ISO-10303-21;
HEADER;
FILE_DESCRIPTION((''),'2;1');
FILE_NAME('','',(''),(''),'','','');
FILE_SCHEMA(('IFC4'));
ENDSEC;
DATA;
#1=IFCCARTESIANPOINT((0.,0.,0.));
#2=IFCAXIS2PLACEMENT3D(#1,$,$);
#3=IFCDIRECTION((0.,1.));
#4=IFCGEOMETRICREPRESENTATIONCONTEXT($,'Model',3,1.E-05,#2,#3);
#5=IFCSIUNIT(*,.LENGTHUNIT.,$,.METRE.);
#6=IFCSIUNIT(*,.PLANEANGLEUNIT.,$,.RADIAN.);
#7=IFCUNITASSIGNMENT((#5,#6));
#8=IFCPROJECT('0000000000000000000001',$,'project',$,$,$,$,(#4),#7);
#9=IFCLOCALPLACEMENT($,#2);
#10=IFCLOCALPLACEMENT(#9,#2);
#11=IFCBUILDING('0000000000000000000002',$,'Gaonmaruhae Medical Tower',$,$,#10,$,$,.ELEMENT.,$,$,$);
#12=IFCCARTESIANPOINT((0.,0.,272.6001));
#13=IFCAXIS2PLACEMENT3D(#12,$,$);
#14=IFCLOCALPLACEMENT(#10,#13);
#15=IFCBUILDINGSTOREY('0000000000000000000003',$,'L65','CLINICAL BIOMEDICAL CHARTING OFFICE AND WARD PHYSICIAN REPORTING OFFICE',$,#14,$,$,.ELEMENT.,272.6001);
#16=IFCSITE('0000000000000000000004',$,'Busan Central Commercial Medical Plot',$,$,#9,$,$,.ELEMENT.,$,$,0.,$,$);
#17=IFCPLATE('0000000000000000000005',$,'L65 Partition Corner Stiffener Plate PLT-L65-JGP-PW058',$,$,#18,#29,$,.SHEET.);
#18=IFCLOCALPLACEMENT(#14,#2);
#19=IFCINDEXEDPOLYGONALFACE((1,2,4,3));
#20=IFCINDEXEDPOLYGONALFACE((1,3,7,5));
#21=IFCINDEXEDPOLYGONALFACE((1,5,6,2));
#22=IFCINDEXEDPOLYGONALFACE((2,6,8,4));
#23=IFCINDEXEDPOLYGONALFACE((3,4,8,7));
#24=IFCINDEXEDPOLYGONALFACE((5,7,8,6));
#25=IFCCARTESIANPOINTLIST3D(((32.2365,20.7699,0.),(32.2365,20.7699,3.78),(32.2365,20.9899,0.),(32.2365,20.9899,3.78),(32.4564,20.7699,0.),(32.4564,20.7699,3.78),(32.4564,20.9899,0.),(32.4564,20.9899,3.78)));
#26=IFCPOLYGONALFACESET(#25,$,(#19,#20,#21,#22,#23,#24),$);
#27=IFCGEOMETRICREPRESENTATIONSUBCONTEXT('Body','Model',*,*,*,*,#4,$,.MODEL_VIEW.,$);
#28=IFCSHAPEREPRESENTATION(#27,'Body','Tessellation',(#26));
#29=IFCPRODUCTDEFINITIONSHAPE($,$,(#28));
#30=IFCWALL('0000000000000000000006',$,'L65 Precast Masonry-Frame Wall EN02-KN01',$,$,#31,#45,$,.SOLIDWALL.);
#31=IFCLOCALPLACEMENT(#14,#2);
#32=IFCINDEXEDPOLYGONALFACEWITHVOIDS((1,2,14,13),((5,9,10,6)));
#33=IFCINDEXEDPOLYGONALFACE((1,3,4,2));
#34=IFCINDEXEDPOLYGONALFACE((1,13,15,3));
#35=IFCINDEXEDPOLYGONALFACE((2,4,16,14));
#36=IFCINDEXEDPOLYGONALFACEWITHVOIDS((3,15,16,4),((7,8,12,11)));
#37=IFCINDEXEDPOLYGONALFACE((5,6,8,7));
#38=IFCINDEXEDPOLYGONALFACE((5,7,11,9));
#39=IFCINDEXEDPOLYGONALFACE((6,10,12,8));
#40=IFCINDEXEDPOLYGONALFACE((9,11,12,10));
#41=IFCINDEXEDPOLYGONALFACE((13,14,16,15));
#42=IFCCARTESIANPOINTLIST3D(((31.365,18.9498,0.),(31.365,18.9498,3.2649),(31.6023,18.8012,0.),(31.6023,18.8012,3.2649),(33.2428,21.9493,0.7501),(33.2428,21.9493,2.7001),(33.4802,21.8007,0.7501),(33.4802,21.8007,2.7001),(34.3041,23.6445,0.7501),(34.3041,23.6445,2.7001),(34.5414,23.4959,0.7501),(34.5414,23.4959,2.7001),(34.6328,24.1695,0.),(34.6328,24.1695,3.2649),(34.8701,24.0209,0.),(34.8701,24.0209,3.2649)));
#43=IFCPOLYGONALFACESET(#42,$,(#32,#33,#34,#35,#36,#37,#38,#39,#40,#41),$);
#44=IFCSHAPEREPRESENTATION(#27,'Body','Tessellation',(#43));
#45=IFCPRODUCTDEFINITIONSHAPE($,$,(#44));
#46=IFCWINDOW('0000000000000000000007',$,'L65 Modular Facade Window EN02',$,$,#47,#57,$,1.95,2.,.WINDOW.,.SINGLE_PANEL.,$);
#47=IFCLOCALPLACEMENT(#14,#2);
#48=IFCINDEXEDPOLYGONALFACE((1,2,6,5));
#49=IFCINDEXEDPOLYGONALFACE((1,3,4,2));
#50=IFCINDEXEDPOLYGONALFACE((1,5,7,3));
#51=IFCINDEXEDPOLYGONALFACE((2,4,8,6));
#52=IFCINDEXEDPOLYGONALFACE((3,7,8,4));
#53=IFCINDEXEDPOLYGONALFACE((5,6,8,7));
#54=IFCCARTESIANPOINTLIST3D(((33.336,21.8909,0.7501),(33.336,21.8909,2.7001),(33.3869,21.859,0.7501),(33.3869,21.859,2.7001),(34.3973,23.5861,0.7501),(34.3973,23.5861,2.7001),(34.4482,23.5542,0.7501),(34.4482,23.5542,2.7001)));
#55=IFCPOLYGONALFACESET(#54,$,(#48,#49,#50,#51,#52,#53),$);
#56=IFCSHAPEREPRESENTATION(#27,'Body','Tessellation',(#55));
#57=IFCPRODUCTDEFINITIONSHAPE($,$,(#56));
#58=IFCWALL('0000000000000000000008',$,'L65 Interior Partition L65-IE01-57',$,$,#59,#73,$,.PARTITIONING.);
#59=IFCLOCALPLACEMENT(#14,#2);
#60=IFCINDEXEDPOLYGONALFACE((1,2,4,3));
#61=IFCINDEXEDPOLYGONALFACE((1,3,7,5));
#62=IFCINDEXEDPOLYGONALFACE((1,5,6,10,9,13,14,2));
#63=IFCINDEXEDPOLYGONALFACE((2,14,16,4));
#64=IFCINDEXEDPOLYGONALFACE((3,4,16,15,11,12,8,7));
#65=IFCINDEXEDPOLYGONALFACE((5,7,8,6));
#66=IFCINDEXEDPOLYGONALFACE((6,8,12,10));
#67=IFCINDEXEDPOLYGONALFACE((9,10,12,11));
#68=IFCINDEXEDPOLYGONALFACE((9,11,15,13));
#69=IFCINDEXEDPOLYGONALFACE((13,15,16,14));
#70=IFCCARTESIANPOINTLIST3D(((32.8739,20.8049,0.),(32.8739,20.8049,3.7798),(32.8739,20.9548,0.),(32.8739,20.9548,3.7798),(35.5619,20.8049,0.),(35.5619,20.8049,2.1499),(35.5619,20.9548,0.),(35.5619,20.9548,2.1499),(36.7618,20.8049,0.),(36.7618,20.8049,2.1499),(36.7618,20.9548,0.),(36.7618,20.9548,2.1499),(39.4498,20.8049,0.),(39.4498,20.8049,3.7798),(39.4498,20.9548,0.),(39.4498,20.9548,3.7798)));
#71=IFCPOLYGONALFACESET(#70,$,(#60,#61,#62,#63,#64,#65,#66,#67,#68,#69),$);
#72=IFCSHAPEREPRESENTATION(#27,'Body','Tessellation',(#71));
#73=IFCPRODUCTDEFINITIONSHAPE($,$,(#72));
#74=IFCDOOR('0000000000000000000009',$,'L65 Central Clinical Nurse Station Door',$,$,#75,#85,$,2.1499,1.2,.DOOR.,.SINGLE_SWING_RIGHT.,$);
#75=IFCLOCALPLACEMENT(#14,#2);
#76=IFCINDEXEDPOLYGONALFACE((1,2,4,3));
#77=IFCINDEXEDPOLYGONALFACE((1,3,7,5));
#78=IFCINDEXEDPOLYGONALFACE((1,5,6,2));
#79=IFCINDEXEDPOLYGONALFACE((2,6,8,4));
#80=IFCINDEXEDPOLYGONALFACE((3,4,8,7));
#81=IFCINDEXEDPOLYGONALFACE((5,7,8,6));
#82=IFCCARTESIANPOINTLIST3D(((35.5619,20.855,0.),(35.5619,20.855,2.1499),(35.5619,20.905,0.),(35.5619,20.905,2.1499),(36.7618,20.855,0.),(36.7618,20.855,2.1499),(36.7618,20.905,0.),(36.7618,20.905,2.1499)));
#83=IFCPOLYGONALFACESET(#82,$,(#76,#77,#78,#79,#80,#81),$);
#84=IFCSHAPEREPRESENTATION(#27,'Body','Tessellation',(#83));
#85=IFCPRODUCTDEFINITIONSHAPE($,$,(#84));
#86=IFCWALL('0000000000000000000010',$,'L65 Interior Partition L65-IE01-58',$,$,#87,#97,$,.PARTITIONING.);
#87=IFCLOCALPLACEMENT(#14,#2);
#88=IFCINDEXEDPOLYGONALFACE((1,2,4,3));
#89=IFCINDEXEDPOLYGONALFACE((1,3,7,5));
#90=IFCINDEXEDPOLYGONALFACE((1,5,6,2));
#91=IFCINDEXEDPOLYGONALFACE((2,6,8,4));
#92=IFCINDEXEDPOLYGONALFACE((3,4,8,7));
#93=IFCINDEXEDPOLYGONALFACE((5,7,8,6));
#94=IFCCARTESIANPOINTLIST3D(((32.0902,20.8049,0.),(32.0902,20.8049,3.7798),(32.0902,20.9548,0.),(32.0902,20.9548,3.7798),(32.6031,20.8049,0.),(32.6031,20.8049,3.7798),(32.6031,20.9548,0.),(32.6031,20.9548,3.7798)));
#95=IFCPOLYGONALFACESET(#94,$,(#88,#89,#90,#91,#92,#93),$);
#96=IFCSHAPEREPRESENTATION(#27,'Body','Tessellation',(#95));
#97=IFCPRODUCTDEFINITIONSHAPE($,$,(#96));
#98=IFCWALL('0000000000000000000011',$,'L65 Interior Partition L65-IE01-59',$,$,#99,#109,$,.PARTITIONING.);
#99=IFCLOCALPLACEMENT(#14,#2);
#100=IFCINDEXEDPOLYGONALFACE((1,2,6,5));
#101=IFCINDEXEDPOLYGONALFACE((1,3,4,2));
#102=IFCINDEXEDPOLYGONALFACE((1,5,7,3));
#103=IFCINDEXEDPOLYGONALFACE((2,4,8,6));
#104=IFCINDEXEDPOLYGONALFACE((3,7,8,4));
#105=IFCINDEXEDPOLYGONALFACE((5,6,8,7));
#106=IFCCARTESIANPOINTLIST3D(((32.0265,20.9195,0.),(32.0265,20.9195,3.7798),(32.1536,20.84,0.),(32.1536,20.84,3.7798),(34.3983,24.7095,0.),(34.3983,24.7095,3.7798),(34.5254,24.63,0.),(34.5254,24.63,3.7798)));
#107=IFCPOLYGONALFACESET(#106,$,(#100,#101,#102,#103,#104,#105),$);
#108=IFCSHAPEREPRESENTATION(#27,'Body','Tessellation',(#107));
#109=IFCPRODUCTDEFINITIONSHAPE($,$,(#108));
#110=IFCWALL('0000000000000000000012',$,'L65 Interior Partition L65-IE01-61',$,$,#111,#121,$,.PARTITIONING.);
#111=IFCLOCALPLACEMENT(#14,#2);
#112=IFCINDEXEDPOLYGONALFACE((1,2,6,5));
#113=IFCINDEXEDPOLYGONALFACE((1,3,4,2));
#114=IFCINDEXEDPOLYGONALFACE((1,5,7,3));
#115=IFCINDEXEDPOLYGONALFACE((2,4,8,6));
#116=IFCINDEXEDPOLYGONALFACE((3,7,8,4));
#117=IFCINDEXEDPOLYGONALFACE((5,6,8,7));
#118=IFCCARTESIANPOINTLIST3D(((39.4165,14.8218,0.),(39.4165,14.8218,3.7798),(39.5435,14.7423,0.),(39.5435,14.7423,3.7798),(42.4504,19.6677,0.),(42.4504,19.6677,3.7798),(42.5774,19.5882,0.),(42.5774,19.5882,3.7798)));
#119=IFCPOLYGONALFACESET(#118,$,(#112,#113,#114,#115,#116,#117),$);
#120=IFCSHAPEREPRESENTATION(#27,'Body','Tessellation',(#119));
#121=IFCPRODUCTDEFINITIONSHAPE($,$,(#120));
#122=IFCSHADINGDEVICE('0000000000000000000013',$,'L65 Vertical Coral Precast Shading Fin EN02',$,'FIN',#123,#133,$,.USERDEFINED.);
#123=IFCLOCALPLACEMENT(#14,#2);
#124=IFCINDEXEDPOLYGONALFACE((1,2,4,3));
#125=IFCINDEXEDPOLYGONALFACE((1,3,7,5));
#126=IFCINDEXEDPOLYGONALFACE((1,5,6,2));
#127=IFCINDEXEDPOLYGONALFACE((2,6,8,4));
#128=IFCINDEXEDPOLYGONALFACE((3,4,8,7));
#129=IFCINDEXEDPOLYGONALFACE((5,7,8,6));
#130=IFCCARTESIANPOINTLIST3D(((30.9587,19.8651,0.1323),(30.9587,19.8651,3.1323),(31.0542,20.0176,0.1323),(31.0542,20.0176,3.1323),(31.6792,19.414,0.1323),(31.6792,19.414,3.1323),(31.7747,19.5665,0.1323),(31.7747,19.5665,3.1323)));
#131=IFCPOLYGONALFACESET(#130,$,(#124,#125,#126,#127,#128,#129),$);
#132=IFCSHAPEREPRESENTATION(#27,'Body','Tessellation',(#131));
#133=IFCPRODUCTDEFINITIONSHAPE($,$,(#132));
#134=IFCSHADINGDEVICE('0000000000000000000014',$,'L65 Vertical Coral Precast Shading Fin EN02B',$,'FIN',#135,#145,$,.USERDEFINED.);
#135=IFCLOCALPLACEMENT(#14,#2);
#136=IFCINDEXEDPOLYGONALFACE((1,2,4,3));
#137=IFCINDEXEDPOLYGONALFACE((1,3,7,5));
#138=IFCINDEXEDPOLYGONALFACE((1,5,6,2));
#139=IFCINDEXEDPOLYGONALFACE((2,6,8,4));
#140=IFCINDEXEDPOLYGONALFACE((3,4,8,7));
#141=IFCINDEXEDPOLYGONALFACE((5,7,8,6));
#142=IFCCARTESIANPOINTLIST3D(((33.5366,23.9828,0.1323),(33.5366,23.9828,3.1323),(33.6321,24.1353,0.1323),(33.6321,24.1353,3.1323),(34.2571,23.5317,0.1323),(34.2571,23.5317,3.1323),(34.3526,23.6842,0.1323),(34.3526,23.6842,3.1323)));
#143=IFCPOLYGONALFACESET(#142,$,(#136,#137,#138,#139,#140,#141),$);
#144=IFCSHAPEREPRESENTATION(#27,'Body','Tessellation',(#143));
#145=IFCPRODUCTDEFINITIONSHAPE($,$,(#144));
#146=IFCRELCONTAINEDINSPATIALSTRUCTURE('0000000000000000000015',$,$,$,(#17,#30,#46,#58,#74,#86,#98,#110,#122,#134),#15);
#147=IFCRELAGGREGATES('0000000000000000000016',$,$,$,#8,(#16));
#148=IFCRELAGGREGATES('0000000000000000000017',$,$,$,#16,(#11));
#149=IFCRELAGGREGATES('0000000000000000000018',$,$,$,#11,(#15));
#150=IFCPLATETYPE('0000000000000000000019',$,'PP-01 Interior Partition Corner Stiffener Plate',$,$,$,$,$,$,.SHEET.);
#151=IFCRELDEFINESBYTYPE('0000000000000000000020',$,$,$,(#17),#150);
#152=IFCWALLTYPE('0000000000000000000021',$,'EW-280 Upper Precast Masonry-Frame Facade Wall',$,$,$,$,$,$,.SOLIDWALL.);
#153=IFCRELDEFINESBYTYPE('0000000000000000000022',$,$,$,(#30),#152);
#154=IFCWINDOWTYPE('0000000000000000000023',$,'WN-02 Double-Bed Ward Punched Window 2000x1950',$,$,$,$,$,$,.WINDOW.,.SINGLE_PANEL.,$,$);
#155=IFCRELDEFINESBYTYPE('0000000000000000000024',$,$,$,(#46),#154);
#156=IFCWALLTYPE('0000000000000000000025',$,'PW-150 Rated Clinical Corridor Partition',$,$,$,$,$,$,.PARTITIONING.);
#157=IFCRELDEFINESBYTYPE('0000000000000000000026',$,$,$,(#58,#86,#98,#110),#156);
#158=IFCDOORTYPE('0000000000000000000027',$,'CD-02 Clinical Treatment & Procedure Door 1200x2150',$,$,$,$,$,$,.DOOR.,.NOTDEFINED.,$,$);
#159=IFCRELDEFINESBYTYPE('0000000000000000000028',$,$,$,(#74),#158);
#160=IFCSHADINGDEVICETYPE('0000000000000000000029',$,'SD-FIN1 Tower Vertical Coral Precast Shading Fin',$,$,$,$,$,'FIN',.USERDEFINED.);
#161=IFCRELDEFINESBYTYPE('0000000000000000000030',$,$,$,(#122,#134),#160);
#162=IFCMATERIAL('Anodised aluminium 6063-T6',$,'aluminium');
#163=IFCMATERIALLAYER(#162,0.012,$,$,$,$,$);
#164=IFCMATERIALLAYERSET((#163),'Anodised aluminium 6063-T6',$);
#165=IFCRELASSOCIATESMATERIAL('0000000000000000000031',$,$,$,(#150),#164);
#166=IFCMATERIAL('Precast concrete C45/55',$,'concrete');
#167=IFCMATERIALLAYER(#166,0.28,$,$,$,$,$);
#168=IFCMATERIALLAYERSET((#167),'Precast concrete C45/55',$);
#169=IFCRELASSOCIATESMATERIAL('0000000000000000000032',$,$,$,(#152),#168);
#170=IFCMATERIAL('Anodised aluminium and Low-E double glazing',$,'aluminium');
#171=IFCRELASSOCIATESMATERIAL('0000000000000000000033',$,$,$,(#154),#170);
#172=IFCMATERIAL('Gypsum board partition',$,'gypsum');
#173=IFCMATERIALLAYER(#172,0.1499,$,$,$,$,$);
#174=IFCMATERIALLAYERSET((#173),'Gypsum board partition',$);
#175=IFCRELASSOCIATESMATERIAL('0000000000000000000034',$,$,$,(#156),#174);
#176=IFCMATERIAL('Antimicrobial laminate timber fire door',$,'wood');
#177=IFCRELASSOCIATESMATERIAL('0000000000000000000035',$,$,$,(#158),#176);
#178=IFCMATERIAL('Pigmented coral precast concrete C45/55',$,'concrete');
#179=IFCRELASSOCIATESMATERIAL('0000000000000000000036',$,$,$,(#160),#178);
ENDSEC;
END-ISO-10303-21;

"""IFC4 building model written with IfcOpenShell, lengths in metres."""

from ifc_helpers import new_model, si_unit, direction, frame, frame_2d, origin, origin_2d, place, context, subcontext, project, spatial, rectangle, extrude, material, layer, layer_set, type_object, element, fill, save


model = new_model("IFC4")

# Units and contexts
model_context = context("Model", 3, precision=1e-05, world=origin(), true_north=direction((0.0, 1.0)))
body_context = subcontext(model_context, "Body", "Model", "MODEL_VIEW")
ifc_project = project(units=[si_unit("LENGTHUNIT", "METRE"), si_unit("PLANEANGLEUNIT", "RADIAN")], contexts=[model_context])

# Site, building, storey
site_placement = place(None, origin())
site = spatial("IfcSite", under=ifc_project, at=site_placement, Name="Busan Central Commercial Medical Plot", CompositionType="ELEMENT", RefElevation=0.0)
building_placement = place(site_placement, origin())
building = spatial("IfcBuilding", under=site, at=building_placement, Name="Gaonmaruhae Medical Tower", CompositionType="ELEMENT")
storey_placement = place(building_placement, frame((0.0, 0.0, 272.6001)))
storey = spatial("IfcBuildingStorey", under=building, at=storey_placement, Name="L65", Description="CLINICAL BIOMEDICAL CHARTING OFFICE AND WARD PHYSICIAN REPORTING OFFICE", CompositionType="ELEMENT", Elevation=272.6001)

# Plate
ifc_material_1 = material(Name="Anodised aluminium 6063-T6", Category="aluminium")
ifc_layer_1 = layer(ifc_material_1, 0.012)
ifc_layer_set_1 = layer_set([ifc_layer_1], Name="Anodised aluminium 6063-T6")
plate_type = type_object("IfcPlateType", Name="PP-01 Interior Partition Corner Stiffener Plate", PredefinedType="SHEET", material=ifc_layer_set_1)
plate_placement = place(storey_placement, frame((32.3464, 20.8799, 0.0), z_axis=(0.0, 0.0, 1.0), x_axis=(-1.0, 0.0, 0.0)))
element("IfcPlate", 1, at=plate_placement, inside=storey, type_object=plate_type, Name="L65 Partition Corner Stiffener Plate PLT-L65-JGP-PW058", PredefinedType="SHEET", context=body_context, shape_type="SweptSolid", body=[
    extrude(rectangle(XDim=0.22, YDim=0.22, at=origin_2d()), origin(), (0.0, 0.0, 1.0), 3.78),
])

# Wall, opening, window
ifc_material_2 = material(Name="Precast concrete C45/55", Category="concrete")
ifc_layer_2 = layer(ifc_material_2, 0.28)
ifc_layer_set_2 = layer_set([ifc_layer_2], Name="Precast concrete C45/55")
wall_type_1 = type_object("IfcWallType", Name="EW-280 Upper Precast Masonry-Frame Facade Wall", PredefinedType="SOLIDWALL", material=ifc_layer_set_2)
wall_1_placement = place(storey_placement, frame((31.4836, 18.8755, 0.0), z_axis=(0.0, 0.0, 1.0), x_axis=(0.53064, 0.847597, 0.0)))
wall_1 = element("IfcWall", 2, at=wall_1_placement, inside=storey, type_object=wall_type_1, Name="L65 Precast Masonry-Frame Wall EN02-KN01", PredefinedType="SOLIDWALL", context=body_context, shape_type="SweptSolid", body=[
    extrude(rectangle(XDim=6.1582, YDim=0.28, at=frame_2d((3.0791, 0.0))), origin(), (0.0, 0.0, 1.0), 3.2649),
])
opening_1_placement = place(wall_1_placement, frame((3.5388, 0.0, 0.75)))
opening_1 = element("IfcOpeningElement", 3, at=opening_1_placement, cuts=wall_1, PredefinedType="OPENING", context=body_context, shape_type="SweptSolid", body=[
    extrude(rectangle(XDim=2.0, YDim=1.95, at=frame_2d((1.0, 0.9751))), frame((0.0, 0.1499, 0.0), z_axis=(0.0, -1.0, 0.0), x_axis=(1.0, 0.0, 0.0)), (0.0, 0.0, 1.0), 0.3),
])
ifc_material_3 = material(Name="Anodised aluminium and Low-E double glazing", Category="aluminium")
window_type = type_object("IfcWindowType", Name="WN-02 Double-Bed Ward Punched Window 2000x1950", PartitioningType="SINGLE_PANEL", PredefinedType="WINDOW", material=ifc_material_3)
window_placement = place(opening_1_placement, origin())
window = element("IfcWindow", 4, at=window_placement, inside=storey, type_object=window_type, Name="L65 Modular Facade Window EN02", OverallHeight=1.95, OverallWidth=2.0, PartitioningType="SINGLE_PANEL", PredefinedType="WINDOW", context=body_context, shape_type="SweptSolid", body=[
    extrude(rectangle(XDim=2.0, YDim=1.95, at=frame_2d((1.0, 0.9751))), frame((0.0, 0.03, 0.0), z_axis=(0.0, -1.0, 0.0), x_axis=(1.0, 0.0, 0.0)), (0.0, 0.0, 1.0), 0.0601),
])
fill(opening_1, window)

# Wall, opening, door
ifc_material_4 = material(Name="Gypsum board partition", Category="gypsum")
ifc_layer_3 = layer(ifc_material_4, 0.1499)
ifc_layer_set_3 = layer_set([ifc_layer_3], Name="Gypsum board partition")
wall_type_2 = type_object("IfcWallType", Name="PW-150 Rated Clinical Corridor Partition", PredefinedType="PARTITIONING", material=ifc_layer_set_3)
wall_2_placement = place(storey_placement, frame((39.45, 20.8799, 0.0), z_axis=(0.0, 0.0, 1.0), x_axis=(-1.0, 0.0, 0.0)))
wall_2 = element("IfcWall", 5, at=wall_2_placement, inside=storey, type_object=wall_type_2, Name="L65 Interior Partition L65-IE01-57", PredefinedType="PARTITIONING", context=body_context, shape_type="SweptSolid", body=[
    extrude(rectangle(XDim=6.5759, YDim=0.1499, at=frame_2d((3.2881, 0.0))), origin(), (0.0, 0.0, 1.0), 3.7798),
])
opening_2_placement = place(wall_2_placement, frame((2.688, 0.0, 0.0)))
opening_2 = element("IfcOpeningElement", 6, at=opening_2_placement, cuts=wall_2, PredefinedType="OPENING", context=body_context, shape_type="SweptSolid", body=[
    extrude(rectangle(XDim=1.2, YDim=2.1499, at=frame_2d((0.6001, 1.075))), frame((0.0, 0.085, 0.0), z_axis=(0.0, -1.0, 0.0), x_axis=(1.0, 0.0, 0.0)), (0.0, 0.0, 1.0), 0.1699),
])
ifc_material_5 = material(Name="Antimicrobial laminate timber fire door", Category="wood")
door_type = type_object("IfcDoorType", Name="CD-02 Clinical Treatment & Procedure Door 1200x2150", OperationType="NOTDEFINED", PredefinedType="DOOR", material=ifc_material_5)
door_placement = place(opening_2_placement, origin())
door = element("IfcDoor", 7, at=door_placement, inside=storey, type_object=door_type, Name="L65 Central Clinical Nurse Station Door", OperationType="SINGLE_SWING_RIGHT", OverallHeight=2.1499, OverallWidth=1.2, PredefinedType="DOOR", context=body_context, shape_type="SweptSolid", body=[
    extrude(rectangle(XDim=1.2, YDim=2.1499, at=frame_2d((0.6001, 1.075))), frame((0.0, 0.0249, 0.0), z_axis=(0.0, -1.0, 0.0), x_axis=(1.0, 0.0, 0.0)), (0.0, 0.0, 1.0), 0.05),
])
fill(opening_2, door)

# Walls
wall_3_placement = place(storey_placement, frame((32.603, 20.8799, 0.0), z_axis=(0.0, 0.0, 1.0), x_axis=(-1.0, 0.0, 0.0)))
element("IfcWall", 8, at=wall_3_placement, inside=storey, type_object=wall_type_2, Name="L65 Interior Partition L65-IE01-58", PredefinedType="PARTITIONING", context=body_context, shape_type="SweptSolid", body=[
    extrude(rectangle(XDim=0.5129, YDim=0.1499, at=frame_2d((0.2563, 0.0))), origin(), (0.0, 0.0, 1.0), 3.7798),
])
wall_4_placement = place(storey_placement, frame((32.0901, 20.8799, 0.0), z_axis=(0.0, 0.0, 1.0), x_axis=(0.53049, 0.847691, 0.0)))
element("IfcWall", 9, at=wall_4_placement, inside=storey, type_object=wall_type_2, Name="L65 Interior Partition L65-IE01-59", PredefinedType="PARTITIONING", context=body_context, shape_type="SweptSolid", body=[
    extrude(rectangle(XDim=4.4709, YDim=0.1499, at=frame_2d((2.2354, 0.0))), origin(), (0.0, 0.0, 1.0), 3.7798),
])
wall_5_placement = place(storey_placement, frame((42.5139, 19.6279, 0.0), z_axis=(0.0, 0.0, 1.0), x_axis=(-0.530655, -0.847588, 0.0)))
element("IfcWall", 10, at=wall_5_placement, inside=storey, type_object=wall_type_2, Name="L65 Interior Partition L65-IE01-61", PredefinedType="PARTITIONING", context=body_context, shape_type="SweptSolid", body=[
    extrude(rectangle(XDim=5.7173, YDim=0.1499, at=frame_2d((2.8586, 0.0))), origin(), (0.0, 0.0, 1.0), 3.7798),
])

# Shading devices
ifc_material_6 = material(Name="Pigmented coral precast concrete C45/55", Category="concrete")
shading_device_type = type_object("IfcShadingDeviceType", Name="SD-FIN1 Tower Vertical Coral Precast Shading Fin", ElementType="FIN", PredefinedType="USERDEFINED", material=ifc_material_6)
for number, where, z_axis, x_axis, name in (
    (11, (31.3667, 19.7158, 0.1323), (0.0, 0.0, 1.0), (0.530659, 0.847585, 0.0), "L65 Vertical Coral Precast Shading Fin EN02"),
    (12, (33.9446, 23.8335, 0.1323), (0.0, 0.0, 1.0), (0.530659, 0.847585, 0.0), "L65 Vertical Coral Precast Shading Fin EN02B"),
):
    element("IfcShadingDevice", number, at=place(storey_placement, frame(where, z_axis=z_axis, x_axis=x_axis)), inside=storey, type_object=shading_device_type, Name=name, ObjectType="FIN", PredefinedType="USERDEFINED", context=body_context, shape_type="SweptSolid", body=[
        extrude(rectangle(XDim=0.1799, YDim=0.8501, at=origin_2d()), origin(), (0.0, 0.0, 1.0), 3.0),
    ])

save(model, "model.ifc")
